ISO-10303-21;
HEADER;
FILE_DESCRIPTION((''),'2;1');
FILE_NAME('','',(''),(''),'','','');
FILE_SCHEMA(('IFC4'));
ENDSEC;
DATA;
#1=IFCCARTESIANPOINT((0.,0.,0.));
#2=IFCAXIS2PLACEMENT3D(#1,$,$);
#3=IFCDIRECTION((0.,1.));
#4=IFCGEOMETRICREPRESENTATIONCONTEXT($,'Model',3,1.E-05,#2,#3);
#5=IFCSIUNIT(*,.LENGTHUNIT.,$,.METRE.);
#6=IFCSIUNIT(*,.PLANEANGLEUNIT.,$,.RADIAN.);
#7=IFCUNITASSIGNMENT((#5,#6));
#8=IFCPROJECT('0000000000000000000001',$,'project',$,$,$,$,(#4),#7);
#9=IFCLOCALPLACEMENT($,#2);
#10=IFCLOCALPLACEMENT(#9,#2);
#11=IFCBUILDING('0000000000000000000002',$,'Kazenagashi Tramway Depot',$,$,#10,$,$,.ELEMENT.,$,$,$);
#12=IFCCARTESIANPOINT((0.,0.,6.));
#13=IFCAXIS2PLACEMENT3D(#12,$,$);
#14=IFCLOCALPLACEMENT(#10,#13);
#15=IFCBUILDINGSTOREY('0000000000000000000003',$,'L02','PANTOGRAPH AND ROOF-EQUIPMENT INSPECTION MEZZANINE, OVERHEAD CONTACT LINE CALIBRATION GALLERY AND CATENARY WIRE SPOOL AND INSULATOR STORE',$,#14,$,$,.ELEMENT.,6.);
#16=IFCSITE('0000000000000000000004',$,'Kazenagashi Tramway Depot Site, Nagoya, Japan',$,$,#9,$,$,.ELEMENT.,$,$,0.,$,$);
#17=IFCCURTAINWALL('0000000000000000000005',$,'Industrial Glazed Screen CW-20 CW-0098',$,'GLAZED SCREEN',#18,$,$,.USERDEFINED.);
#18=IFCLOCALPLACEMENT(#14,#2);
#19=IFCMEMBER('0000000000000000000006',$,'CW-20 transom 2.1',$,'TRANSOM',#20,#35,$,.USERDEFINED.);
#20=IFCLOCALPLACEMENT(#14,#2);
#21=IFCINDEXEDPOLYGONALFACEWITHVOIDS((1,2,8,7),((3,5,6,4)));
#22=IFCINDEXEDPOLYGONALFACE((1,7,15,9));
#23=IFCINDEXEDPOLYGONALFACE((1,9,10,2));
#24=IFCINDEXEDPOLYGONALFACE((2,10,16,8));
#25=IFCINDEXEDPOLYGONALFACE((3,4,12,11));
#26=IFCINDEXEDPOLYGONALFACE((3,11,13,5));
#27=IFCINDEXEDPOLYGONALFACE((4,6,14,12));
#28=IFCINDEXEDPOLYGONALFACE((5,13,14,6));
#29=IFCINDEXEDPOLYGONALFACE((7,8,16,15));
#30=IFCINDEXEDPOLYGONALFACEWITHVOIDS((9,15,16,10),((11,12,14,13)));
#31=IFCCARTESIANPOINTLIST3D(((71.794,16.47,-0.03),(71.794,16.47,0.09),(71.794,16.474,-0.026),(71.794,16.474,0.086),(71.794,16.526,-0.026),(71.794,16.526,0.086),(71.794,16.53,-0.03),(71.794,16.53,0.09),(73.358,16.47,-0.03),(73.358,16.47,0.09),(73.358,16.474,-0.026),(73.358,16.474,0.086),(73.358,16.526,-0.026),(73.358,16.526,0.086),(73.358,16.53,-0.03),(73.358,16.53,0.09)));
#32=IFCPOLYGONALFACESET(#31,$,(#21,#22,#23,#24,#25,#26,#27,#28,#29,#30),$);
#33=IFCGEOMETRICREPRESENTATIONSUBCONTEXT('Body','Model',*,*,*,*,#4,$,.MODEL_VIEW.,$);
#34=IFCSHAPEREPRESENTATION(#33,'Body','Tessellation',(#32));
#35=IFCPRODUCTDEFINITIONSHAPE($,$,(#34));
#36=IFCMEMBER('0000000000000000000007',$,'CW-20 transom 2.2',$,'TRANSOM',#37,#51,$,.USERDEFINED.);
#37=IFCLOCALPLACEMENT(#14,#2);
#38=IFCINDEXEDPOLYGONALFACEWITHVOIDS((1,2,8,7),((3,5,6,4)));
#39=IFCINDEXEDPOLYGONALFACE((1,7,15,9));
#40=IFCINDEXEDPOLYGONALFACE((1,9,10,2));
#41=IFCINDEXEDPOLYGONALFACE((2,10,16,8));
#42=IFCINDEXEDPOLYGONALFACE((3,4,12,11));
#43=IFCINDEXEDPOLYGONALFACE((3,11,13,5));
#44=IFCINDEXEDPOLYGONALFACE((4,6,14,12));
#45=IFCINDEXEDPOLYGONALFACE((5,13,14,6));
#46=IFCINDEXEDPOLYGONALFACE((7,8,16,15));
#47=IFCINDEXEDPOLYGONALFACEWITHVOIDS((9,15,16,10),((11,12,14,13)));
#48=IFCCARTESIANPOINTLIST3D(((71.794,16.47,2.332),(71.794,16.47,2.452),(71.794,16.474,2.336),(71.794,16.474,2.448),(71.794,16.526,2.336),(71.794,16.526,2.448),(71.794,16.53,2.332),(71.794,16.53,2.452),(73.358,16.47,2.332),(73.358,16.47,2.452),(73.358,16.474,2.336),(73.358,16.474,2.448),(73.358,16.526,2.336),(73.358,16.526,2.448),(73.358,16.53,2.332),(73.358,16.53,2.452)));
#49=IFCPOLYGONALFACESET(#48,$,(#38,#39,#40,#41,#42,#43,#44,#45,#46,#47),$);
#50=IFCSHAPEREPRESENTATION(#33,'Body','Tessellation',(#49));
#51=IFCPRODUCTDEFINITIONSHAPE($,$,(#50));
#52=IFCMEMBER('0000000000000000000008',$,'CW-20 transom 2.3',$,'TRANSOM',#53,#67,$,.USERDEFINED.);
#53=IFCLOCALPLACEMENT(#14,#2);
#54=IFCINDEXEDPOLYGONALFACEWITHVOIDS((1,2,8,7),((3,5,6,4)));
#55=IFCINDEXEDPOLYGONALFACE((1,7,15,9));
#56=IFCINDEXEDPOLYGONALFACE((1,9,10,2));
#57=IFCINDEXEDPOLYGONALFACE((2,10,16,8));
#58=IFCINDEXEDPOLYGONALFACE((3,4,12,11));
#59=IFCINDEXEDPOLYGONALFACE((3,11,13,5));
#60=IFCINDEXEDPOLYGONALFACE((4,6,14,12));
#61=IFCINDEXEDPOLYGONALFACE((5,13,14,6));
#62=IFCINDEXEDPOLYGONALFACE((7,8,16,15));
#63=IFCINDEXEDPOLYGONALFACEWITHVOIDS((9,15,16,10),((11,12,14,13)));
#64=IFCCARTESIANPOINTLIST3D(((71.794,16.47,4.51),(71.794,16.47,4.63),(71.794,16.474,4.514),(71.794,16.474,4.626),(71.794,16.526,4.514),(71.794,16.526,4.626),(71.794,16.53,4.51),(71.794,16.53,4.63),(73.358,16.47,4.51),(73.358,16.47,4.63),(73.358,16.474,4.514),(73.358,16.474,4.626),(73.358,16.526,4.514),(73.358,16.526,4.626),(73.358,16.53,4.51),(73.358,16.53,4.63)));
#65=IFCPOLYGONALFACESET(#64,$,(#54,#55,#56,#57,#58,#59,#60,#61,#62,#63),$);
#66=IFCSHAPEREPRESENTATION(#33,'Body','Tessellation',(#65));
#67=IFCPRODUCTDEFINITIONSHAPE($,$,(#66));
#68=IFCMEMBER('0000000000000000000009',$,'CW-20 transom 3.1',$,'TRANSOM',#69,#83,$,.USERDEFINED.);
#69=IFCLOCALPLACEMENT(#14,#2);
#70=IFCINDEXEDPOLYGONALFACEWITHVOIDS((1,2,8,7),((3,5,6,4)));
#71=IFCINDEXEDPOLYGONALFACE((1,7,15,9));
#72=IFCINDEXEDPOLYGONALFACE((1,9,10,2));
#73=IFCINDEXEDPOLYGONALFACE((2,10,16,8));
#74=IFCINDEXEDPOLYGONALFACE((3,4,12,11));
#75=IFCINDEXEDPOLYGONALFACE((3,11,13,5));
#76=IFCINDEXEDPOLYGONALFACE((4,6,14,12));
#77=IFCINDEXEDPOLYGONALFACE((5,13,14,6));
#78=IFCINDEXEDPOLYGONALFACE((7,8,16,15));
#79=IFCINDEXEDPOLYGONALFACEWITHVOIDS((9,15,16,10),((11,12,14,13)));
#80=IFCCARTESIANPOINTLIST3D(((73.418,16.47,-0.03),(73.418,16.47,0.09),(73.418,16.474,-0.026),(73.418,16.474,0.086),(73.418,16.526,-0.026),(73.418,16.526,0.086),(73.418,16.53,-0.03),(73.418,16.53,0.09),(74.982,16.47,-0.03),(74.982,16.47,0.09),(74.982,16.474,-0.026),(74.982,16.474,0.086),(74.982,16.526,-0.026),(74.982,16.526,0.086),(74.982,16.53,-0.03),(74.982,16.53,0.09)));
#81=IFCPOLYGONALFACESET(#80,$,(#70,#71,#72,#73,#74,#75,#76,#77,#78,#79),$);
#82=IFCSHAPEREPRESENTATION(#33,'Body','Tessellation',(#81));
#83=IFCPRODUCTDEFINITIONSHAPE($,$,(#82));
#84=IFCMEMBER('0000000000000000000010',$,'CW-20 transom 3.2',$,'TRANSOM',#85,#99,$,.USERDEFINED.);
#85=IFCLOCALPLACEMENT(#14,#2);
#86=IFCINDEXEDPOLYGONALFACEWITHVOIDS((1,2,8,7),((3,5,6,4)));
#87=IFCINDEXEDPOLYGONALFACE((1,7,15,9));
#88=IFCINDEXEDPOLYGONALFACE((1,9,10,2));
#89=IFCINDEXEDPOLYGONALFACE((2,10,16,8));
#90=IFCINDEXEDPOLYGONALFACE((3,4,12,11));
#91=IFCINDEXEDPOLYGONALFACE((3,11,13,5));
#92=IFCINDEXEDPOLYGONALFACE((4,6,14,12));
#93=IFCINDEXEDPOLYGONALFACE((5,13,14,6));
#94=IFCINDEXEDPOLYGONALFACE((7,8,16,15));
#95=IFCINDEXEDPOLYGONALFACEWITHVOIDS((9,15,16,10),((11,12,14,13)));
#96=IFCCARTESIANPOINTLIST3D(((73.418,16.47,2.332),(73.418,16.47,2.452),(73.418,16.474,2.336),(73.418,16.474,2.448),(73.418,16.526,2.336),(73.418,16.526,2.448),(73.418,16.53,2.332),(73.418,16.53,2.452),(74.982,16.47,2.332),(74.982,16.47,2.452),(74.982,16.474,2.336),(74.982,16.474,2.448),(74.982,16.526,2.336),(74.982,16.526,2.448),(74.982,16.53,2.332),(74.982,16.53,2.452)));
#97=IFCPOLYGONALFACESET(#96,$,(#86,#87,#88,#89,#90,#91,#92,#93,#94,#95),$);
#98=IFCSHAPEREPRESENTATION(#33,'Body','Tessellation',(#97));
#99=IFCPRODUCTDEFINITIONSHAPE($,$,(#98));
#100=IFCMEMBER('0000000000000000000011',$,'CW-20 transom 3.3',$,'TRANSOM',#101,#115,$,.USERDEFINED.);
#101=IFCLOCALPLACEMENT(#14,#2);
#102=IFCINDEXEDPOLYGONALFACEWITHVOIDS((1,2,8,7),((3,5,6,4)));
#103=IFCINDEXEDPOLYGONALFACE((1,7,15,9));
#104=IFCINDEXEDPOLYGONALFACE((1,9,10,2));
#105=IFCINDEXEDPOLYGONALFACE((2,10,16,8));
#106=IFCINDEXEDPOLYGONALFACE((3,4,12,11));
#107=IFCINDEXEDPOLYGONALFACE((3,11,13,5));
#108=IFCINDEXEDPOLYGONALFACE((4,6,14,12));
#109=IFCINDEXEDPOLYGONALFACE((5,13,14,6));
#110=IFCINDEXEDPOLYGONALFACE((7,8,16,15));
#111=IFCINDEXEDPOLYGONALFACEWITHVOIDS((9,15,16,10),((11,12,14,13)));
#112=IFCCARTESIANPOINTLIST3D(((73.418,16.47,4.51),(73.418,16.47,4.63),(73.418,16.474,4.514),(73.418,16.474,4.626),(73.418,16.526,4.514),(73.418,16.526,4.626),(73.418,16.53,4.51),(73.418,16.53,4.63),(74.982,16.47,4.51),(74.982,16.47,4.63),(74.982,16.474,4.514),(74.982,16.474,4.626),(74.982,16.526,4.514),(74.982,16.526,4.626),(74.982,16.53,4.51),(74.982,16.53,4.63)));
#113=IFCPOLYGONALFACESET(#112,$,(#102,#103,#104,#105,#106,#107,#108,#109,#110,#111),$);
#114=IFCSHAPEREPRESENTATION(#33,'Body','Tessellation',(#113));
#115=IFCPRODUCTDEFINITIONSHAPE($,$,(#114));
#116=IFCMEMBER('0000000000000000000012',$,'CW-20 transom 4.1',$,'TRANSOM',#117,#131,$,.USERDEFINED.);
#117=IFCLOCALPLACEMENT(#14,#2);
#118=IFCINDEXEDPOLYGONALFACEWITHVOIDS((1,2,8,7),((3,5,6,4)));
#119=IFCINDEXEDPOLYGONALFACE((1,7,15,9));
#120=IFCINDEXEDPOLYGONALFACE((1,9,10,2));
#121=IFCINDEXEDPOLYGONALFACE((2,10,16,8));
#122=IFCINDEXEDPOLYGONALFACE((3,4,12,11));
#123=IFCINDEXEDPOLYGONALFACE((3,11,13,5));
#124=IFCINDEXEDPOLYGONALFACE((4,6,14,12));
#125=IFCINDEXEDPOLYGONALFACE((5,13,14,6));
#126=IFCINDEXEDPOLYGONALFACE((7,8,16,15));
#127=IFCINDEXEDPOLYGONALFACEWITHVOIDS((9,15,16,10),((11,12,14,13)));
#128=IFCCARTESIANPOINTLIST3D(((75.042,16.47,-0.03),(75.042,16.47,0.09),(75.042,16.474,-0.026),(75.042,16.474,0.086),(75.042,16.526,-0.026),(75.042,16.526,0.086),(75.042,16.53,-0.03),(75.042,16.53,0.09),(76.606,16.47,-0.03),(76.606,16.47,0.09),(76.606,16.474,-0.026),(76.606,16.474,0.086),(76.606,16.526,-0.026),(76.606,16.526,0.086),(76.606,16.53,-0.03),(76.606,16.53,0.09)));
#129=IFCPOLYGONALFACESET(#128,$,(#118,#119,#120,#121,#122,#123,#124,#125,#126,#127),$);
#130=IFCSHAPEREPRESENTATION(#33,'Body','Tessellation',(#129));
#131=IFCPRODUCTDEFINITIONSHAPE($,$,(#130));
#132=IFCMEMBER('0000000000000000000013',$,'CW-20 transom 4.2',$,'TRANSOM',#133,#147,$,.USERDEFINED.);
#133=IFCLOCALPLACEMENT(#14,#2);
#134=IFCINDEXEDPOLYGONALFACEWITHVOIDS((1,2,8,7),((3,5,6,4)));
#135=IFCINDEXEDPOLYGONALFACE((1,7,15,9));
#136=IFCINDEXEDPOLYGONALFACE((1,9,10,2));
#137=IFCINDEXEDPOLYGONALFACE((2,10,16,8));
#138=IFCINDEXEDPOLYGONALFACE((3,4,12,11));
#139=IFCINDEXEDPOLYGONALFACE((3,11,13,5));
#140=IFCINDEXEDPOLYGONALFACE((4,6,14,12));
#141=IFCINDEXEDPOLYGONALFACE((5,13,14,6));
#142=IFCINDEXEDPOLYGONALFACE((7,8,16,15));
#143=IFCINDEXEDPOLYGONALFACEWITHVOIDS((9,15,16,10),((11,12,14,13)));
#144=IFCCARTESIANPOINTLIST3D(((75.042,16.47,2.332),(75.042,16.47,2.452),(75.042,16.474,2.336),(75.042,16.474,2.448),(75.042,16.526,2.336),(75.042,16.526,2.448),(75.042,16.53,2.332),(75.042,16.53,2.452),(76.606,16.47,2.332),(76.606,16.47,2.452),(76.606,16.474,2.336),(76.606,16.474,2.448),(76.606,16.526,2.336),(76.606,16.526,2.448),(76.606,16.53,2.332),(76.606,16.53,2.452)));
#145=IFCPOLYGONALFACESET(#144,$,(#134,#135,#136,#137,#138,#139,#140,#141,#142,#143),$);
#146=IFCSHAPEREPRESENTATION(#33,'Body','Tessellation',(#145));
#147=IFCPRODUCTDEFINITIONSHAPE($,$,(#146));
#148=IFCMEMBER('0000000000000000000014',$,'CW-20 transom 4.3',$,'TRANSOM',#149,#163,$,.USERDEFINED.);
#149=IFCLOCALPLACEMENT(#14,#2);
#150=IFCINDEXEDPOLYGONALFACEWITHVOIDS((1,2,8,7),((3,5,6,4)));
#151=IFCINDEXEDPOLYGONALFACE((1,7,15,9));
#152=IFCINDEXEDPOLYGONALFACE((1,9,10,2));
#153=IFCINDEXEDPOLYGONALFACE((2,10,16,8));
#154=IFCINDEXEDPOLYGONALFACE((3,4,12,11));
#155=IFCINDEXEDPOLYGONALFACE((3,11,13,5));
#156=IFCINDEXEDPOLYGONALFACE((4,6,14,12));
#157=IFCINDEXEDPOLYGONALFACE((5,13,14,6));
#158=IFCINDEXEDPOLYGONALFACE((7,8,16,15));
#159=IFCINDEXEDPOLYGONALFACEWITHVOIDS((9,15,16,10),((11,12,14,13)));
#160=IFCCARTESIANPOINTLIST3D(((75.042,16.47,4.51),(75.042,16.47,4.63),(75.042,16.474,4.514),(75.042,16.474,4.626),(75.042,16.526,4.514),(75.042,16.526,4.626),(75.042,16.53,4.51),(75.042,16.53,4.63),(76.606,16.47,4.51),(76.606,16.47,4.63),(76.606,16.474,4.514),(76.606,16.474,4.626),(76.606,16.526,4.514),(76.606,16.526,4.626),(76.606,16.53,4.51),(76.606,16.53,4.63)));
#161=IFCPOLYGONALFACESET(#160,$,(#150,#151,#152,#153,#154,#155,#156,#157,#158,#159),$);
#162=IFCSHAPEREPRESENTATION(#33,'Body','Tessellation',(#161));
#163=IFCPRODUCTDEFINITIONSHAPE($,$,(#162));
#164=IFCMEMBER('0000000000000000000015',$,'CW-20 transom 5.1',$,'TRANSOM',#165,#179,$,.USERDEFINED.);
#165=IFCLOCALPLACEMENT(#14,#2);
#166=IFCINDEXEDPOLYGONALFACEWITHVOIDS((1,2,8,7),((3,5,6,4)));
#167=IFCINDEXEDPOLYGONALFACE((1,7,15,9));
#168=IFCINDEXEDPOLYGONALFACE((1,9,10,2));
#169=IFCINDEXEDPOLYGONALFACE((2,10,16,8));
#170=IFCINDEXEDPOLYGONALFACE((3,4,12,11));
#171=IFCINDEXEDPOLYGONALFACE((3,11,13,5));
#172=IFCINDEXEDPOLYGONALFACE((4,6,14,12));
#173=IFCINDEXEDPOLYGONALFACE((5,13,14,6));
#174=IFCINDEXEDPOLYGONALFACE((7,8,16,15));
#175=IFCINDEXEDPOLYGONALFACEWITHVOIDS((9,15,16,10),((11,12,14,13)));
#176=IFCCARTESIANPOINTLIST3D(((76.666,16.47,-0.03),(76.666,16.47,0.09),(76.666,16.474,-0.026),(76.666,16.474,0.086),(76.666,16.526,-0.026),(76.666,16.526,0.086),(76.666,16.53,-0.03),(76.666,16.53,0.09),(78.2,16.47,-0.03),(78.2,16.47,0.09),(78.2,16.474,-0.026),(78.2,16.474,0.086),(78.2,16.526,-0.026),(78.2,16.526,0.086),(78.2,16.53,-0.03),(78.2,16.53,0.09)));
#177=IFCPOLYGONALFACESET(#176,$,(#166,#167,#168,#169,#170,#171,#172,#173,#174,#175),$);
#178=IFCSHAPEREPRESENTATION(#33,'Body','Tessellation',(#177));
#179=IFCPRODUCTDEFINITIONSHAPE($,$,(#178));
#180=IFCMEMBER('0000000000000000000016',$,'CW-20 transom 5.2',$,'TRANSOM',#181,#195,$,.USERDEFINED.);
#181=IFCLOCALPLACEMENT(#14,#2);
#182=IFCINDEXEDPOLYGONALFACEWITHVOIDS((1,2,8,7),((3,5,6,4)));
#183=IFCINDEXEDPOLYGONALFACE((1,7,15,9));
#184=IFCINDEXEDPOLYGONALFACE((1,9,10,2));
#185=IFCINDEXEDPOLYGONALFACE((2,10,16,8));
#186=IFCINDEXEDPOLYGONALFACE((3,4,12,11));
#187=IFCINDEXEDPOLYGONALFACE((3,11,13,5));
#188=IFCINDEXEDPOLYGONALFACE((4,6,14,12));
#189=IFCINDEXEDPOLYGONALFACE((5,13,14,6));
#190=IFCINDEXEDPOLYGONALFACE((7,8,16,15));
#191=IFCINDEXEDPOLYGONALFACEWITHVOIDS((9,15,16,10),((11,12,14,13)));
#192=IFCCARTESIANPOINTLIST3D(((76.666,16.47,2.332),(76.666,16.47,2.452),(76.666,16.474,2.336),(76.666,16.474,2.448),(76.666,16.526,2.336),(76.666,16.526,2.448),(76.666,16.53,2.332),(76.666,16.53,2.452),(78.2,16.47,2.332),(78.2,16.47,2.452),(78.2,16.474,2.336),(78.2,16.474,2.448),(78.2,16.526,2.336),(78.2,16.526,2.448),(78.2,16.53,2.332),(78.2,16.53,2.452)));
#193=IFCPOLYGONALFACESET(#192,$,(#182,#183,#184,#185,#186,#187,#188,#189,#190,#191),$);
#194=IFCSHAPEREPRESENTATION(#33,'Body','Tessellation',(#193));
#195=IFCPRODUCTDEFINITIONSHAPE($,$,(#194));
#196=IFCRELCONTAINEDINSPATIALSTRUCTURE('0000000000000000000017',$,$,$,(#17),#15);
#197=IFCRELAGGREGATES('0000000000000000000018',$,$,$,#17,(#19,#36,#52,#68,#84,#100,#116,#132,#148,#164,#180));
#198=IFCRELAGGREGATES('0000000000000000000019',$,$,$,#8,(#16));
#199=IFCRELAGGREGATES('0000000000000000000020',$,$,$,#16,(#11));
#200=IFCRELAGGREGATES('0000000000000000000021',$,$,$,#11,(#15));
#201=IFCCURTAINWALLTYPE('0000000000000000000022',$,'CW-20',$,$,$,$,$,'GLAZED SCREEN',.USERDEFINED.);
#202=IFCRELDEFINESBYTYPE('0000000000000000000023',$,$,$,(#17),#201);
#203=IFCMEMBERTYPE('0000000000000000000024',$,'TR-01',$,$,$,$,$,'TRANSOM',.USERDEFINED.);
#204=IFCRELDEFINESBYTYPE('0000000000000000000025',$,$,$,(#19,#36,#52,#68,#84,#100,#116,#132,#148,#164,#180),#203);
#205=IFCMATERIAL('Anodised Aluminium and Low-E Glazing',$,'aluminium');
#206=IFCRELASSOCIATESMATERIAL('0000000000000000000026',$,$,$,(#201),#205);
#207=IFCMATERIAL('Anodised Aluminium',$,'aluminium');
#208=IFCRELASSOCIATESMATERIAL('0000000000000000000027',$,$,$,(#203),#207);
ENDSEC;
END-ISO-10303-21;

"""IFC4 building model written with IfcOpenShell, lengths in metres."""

from ifc_helpers import new_model, si_unit, direction, frame, origin, origin_2d, place, context, subcontext, project, spatial, hollow_rectangle, extrude, material, material_profile, profile_set, type_object, element, aggregate, save


model = new_model("IFC4")

# Units and contexts
model_context = context("Model", 3, precision=1e-05, world=origin(), true_north=direction((0.0, 1.0)))
body_context = subcontext(model_context, "Body", "Model", "MODEL_VIEW")
ifc_project = project(units=[si_unit("LENGTHUNIT", "METRE"), si_unit("PLANEANGLEUNIT", "RADIAN")], contexts=[model_context])

# Site, building, storey
site_placement = place(None, origin())
site = spatial("IfcSite", under=ifc_project, at=site_placement, Name="Kazenagashi Tramway Depot Site, Nagoya, Japan", CompositionType="ELEMENT", RefElevation=0.0)
building_placement = place(site_placement, origin())
building = spatial("IfcBuilding", under=site, at=building_placement, Name="Kazenagashi Tramway Depot", CompositionType="ELEMENT")
storey_placement = place(building_placement, frame((0.0, 0.0, 6.0)))
storey = spatial("IfcBuildingStorey", under=building, at=storey_placement, Name="L02", Description="PANTOGRAPH AND ROOF-EQUIPMENT INSPECTION MEZZANINE, OVERHEAD CONTACT LINE CALIBRATION GALLERY AND CATENARY WIRE SPOOL AND INSULATOR STORE", CompositionType="ELEMENT", Elevation=6.0)

# Curtain wall
ifc_material_1 = material(Name="Anodised Aluminium and Low-E Glazing", Category="aluminium")
curtain_wall_type = type_object("IfcCurtainWallType", Name="CW-20", ElementType="GLAZED SCREEN", PredefinedType="USERDEFINED", material=ifc_material_1)
curtain_wall_1_placement = place(storey_placement, origin())
curtain_wall_1 = element("IfcCurtainWall", 1, at=curtain_wall_1_placement, inside=storey, type_object=curtain_wall_type, Name="Industrial Glazed Screen CW-20 CW-0098", ObjectType="GLAZED SCREEN", PredefinedType="USERDEFINED")
ifc_material_2 = material(Name="Anodised Aluminium", Category="aluminium")

# Members
ifc_material_profile_1 = material_profile(ifc_material_2, hollow_rectangle(XDim=0.06, YDim=0.12, WallThickness=0.004, at=origin_2d()), Name="RHS-120x60x4")
ifc_profile_set_1 = profile_set([ifc_material_profile_1], Name="Anodised Aluminium")
member_type_1 = type_object("IfcMemberType", Name="TR-01", ElementType="TRANSOM", PredefinedType="USERDEFINED", material=ifc_profile_set_1)
member_1_placement = place(storey_placement, frame((71.794, 16.5, 0.03), z_axis=(1.0, 0.0, 0.0), x_axis=(0.0, 1.0, 0.0)))
member_1 = element("IfcMember", 2, at=member_1_placement, type_object=member_type_1, Name="CW-20 transom 2.1", ObjectType="TRANSOM", PredefinedType="USERDEFINED", context=body_context, shape_type="SweptSolid", body=[
    extrude(hollow_rectangle(XDim=0.06, YDim=0.12, WallThickness=0.004, at=origin_2d()), origin(), (0.0, 0.0, 1.0), 1.564),
])
member_2_placement = place(storey_placement, frame((71.794, 16.5, 2.392), z_axis=(1.0, 0.0, 0.0), x_axis=(0.0, 1.0, 0.0)))
member_2 = element("IfcMember", 3, at=member_2_placement, type_object=member_type_1, Name="CW-20 transom 2.2", ObjectType="TRANSOM", PredefinedType="USERDEFINED", context=body_context, shape_type="SweptSolid", body=[
    extrude(hollow_rectangle(XDim=0.06, YDim=0.12, WallThickness=0.004, at=origin_2d()), origin(), (0.0, 0.0, 1.0), 1.564),
])
member_3_placement = place(storey_placement, frame((71.794, 16.5, 4.57), z_axis=(1.0, 0.0, 0.0), x_axis=(0.0, 1.0, 0.0)))
member_3 = element("IfcMember", 4, at=member_3_placement, type_object=member_type_1, Name="CW-20 transom 2.3", ObjectType="TRANSOM", PredefinedType="USERDEFINED", context=body_context, shape_type="SweptSolid", body=[
    extrude(hollow_rectangle(XDim=0.06, YDim=0.12, WallThickness=0.004, at=origin_2d()), origin(), (0.0, 0.0, 1.0), 1.564),
])
member_4_placement = place(storey_placement, frame((73.418, 16.5, 0.03), z_axis=(1.0, 0.0, 0.0), x_axis=(0.0, 1.0, 0.0)))
member_4 = element("IfcMember", 5, at=member_4_placement, type_object=member_type_1, Name="CW-20 transom 3.1", ObjectType="TRANSOM", PredefinedType="USERDEFINED", context=body_context, shape_type="SweptSolid", body=[
    extrude(hollow_rectangle(XDim=0.06, YDim=0.12, WallThickness=0.004, at=origin_2d()), origin(), (0.0, 0.0, 1.0), 1.564),
])
member_5_placement = place(storey_placement, frame((73.418, 16.5, 2.392), z_axis=(1.0, 0.0, 0.0), x_axis=(0.0, 1.0, 0.0)))
member_5 = element("IfcMember", 6, at=member_5_placement, type_object=member_type_1, Name="CW-20 transom 3.2", ObjectType="TRANSOM", PredefinedType="USERDEFINED", context=body_context, shape_type="SweptSolid", body=[
    extrude(hollow_rectangle(XDim=0.06, YDim=0.12, WallThickness=0.004, at=origin_2d()), origin(), (0.0, 0.0, 1.0), 1.564),
])
member_6_placement = place(storey_placement, frame((73.418, 16.5, 4.57), z_axis=(1.0, 0.0, 0.0), x_axis=(0.0, 1.0, 0.0)))
member_6 = element("IfcMember", 7, at=member_6_placement, type_object=member_type_1, Name="CW-20 transom 3.3", ObjectType="TRANSOM", PredefinedType="USERDEFINED", context=body_context, shape_type="SweptSolid", body=[
    extrude(hollow_rectangle(XDim=0.06, YDim=0.12, WallThickness=0.004, at=origin_2d()), origin(), (0.0, 0.0, 1.0), 1.564),
])
member_7_placement = place(storey_placement, frame((75.042, 16.5, 0.03), z_axis=(1.0, 0.0, 0.0), x_axis=(0.0, 1.0, 0.0)))
member_7 = element("IfcMember", 8, at=member_7_placement, type_object=member_type_1, Name="CW-20 transom 4.1", ObjectType="TRANSOM", PredefinedType="USERDEFINED", context=body_context, shape_type="SweptSolid", body=[
    extrude(hollow_rectangle(XDim=0.06, YDim=0.12, WallThickness=0.004, at=origin_2d()), origin(), (0.0, 0.0, 1.0), 1.564),
])
member_8_placement = place(storey_placement, frame((75.042, 16.5, 2.392), z_axis=(1.0, 0.0, 0.0), x_axis=(0.0, 1.0, 0.0)))
member_8 = element("IfcMember", 9, at=member_8_placement, type_object=member_type_1, Name="CW-20 transom 4.2", ObjectType="TRANSOM", PredefinedType="USERDEFINED", context=body_context, shape_type="SweptSolid", body=[
    extrude(hollow_rectangle(XDim=0.06, YDim=0.12, WallThickness=0.004, at=origin_2d()), origin(), (0.0, 0.0, 1.0), 1.564),
])
member_9_placement = place(storey_placement, frame((75.042, 16.5, 4.57), z_axis=(1.0, 0.0, 0.0), x_axis=(0.0, 1.0, 0.0)))
member_9 = element("IfcMember", 10, at=member_9_placement, type_object=member_type_1, Name="CW-20 transom 4.3", ObjectType="TRANSOM", PredefinedType="USERDEFINED", context=body_context, shape_type="SweptSolid", body=[
    extrude(hollow_rectangle(XDim=0.06, YDim=0.12, WallThickness=0.004, at=origin_2d()), origin(), (0.0, 0.0, 1.0), 1.564),
])
member_10_placement = place(storey_placement, frame((76.666, 16.5, 0.03), z_axis=(1.0, 0.0, 0.0), x_axis=(0.0, 1.0, 0.0)))
member_10 = element("IfcMember", 11, at=member_10_placement, type_object=member_type_1, Name="CW-20 transom 5.1", ObjectType="TRANSOM", PredefinedType="USERDEFINED", context=body_context, shape_type="SweptSolid", body=[
    extrude(hollow_rectangle(XDim=0.06, YDim=0.12, WallThickness=0.004, at=origin_2d()), origin(), (0.0, 0.0, 1.0), 1.534),
])
member_11_placement = place(storey_placement, frame((76.666, 16.5, 2.392), z_axis=(1.0, 0.0, 0.0), x_axis=(0.0, 1.0, 0.0)))
member_11 = element("IfcMember", 12, at=member_11_placement, type_object=member_type_1, Name="CW-20 transom 5.2", ObjectType="TRANSOM", PredefinedType="USERDEFINED", context=body_context, shape_type="SweptSolid", body=[
    extrude(hollow_rectangle(XDim=0.06, YDim=0.12, WallThickness=0.004, at=origin_2d()), origin(), (0.0, 0.0, 1.0), 1.534),
])

aggregate(curtain_wall_1, [member_1, member_2, member_3, member_4, member_5, member_6, member_7, member_8, member_9, member_10, member_11])

save(model, "model.ifc")
